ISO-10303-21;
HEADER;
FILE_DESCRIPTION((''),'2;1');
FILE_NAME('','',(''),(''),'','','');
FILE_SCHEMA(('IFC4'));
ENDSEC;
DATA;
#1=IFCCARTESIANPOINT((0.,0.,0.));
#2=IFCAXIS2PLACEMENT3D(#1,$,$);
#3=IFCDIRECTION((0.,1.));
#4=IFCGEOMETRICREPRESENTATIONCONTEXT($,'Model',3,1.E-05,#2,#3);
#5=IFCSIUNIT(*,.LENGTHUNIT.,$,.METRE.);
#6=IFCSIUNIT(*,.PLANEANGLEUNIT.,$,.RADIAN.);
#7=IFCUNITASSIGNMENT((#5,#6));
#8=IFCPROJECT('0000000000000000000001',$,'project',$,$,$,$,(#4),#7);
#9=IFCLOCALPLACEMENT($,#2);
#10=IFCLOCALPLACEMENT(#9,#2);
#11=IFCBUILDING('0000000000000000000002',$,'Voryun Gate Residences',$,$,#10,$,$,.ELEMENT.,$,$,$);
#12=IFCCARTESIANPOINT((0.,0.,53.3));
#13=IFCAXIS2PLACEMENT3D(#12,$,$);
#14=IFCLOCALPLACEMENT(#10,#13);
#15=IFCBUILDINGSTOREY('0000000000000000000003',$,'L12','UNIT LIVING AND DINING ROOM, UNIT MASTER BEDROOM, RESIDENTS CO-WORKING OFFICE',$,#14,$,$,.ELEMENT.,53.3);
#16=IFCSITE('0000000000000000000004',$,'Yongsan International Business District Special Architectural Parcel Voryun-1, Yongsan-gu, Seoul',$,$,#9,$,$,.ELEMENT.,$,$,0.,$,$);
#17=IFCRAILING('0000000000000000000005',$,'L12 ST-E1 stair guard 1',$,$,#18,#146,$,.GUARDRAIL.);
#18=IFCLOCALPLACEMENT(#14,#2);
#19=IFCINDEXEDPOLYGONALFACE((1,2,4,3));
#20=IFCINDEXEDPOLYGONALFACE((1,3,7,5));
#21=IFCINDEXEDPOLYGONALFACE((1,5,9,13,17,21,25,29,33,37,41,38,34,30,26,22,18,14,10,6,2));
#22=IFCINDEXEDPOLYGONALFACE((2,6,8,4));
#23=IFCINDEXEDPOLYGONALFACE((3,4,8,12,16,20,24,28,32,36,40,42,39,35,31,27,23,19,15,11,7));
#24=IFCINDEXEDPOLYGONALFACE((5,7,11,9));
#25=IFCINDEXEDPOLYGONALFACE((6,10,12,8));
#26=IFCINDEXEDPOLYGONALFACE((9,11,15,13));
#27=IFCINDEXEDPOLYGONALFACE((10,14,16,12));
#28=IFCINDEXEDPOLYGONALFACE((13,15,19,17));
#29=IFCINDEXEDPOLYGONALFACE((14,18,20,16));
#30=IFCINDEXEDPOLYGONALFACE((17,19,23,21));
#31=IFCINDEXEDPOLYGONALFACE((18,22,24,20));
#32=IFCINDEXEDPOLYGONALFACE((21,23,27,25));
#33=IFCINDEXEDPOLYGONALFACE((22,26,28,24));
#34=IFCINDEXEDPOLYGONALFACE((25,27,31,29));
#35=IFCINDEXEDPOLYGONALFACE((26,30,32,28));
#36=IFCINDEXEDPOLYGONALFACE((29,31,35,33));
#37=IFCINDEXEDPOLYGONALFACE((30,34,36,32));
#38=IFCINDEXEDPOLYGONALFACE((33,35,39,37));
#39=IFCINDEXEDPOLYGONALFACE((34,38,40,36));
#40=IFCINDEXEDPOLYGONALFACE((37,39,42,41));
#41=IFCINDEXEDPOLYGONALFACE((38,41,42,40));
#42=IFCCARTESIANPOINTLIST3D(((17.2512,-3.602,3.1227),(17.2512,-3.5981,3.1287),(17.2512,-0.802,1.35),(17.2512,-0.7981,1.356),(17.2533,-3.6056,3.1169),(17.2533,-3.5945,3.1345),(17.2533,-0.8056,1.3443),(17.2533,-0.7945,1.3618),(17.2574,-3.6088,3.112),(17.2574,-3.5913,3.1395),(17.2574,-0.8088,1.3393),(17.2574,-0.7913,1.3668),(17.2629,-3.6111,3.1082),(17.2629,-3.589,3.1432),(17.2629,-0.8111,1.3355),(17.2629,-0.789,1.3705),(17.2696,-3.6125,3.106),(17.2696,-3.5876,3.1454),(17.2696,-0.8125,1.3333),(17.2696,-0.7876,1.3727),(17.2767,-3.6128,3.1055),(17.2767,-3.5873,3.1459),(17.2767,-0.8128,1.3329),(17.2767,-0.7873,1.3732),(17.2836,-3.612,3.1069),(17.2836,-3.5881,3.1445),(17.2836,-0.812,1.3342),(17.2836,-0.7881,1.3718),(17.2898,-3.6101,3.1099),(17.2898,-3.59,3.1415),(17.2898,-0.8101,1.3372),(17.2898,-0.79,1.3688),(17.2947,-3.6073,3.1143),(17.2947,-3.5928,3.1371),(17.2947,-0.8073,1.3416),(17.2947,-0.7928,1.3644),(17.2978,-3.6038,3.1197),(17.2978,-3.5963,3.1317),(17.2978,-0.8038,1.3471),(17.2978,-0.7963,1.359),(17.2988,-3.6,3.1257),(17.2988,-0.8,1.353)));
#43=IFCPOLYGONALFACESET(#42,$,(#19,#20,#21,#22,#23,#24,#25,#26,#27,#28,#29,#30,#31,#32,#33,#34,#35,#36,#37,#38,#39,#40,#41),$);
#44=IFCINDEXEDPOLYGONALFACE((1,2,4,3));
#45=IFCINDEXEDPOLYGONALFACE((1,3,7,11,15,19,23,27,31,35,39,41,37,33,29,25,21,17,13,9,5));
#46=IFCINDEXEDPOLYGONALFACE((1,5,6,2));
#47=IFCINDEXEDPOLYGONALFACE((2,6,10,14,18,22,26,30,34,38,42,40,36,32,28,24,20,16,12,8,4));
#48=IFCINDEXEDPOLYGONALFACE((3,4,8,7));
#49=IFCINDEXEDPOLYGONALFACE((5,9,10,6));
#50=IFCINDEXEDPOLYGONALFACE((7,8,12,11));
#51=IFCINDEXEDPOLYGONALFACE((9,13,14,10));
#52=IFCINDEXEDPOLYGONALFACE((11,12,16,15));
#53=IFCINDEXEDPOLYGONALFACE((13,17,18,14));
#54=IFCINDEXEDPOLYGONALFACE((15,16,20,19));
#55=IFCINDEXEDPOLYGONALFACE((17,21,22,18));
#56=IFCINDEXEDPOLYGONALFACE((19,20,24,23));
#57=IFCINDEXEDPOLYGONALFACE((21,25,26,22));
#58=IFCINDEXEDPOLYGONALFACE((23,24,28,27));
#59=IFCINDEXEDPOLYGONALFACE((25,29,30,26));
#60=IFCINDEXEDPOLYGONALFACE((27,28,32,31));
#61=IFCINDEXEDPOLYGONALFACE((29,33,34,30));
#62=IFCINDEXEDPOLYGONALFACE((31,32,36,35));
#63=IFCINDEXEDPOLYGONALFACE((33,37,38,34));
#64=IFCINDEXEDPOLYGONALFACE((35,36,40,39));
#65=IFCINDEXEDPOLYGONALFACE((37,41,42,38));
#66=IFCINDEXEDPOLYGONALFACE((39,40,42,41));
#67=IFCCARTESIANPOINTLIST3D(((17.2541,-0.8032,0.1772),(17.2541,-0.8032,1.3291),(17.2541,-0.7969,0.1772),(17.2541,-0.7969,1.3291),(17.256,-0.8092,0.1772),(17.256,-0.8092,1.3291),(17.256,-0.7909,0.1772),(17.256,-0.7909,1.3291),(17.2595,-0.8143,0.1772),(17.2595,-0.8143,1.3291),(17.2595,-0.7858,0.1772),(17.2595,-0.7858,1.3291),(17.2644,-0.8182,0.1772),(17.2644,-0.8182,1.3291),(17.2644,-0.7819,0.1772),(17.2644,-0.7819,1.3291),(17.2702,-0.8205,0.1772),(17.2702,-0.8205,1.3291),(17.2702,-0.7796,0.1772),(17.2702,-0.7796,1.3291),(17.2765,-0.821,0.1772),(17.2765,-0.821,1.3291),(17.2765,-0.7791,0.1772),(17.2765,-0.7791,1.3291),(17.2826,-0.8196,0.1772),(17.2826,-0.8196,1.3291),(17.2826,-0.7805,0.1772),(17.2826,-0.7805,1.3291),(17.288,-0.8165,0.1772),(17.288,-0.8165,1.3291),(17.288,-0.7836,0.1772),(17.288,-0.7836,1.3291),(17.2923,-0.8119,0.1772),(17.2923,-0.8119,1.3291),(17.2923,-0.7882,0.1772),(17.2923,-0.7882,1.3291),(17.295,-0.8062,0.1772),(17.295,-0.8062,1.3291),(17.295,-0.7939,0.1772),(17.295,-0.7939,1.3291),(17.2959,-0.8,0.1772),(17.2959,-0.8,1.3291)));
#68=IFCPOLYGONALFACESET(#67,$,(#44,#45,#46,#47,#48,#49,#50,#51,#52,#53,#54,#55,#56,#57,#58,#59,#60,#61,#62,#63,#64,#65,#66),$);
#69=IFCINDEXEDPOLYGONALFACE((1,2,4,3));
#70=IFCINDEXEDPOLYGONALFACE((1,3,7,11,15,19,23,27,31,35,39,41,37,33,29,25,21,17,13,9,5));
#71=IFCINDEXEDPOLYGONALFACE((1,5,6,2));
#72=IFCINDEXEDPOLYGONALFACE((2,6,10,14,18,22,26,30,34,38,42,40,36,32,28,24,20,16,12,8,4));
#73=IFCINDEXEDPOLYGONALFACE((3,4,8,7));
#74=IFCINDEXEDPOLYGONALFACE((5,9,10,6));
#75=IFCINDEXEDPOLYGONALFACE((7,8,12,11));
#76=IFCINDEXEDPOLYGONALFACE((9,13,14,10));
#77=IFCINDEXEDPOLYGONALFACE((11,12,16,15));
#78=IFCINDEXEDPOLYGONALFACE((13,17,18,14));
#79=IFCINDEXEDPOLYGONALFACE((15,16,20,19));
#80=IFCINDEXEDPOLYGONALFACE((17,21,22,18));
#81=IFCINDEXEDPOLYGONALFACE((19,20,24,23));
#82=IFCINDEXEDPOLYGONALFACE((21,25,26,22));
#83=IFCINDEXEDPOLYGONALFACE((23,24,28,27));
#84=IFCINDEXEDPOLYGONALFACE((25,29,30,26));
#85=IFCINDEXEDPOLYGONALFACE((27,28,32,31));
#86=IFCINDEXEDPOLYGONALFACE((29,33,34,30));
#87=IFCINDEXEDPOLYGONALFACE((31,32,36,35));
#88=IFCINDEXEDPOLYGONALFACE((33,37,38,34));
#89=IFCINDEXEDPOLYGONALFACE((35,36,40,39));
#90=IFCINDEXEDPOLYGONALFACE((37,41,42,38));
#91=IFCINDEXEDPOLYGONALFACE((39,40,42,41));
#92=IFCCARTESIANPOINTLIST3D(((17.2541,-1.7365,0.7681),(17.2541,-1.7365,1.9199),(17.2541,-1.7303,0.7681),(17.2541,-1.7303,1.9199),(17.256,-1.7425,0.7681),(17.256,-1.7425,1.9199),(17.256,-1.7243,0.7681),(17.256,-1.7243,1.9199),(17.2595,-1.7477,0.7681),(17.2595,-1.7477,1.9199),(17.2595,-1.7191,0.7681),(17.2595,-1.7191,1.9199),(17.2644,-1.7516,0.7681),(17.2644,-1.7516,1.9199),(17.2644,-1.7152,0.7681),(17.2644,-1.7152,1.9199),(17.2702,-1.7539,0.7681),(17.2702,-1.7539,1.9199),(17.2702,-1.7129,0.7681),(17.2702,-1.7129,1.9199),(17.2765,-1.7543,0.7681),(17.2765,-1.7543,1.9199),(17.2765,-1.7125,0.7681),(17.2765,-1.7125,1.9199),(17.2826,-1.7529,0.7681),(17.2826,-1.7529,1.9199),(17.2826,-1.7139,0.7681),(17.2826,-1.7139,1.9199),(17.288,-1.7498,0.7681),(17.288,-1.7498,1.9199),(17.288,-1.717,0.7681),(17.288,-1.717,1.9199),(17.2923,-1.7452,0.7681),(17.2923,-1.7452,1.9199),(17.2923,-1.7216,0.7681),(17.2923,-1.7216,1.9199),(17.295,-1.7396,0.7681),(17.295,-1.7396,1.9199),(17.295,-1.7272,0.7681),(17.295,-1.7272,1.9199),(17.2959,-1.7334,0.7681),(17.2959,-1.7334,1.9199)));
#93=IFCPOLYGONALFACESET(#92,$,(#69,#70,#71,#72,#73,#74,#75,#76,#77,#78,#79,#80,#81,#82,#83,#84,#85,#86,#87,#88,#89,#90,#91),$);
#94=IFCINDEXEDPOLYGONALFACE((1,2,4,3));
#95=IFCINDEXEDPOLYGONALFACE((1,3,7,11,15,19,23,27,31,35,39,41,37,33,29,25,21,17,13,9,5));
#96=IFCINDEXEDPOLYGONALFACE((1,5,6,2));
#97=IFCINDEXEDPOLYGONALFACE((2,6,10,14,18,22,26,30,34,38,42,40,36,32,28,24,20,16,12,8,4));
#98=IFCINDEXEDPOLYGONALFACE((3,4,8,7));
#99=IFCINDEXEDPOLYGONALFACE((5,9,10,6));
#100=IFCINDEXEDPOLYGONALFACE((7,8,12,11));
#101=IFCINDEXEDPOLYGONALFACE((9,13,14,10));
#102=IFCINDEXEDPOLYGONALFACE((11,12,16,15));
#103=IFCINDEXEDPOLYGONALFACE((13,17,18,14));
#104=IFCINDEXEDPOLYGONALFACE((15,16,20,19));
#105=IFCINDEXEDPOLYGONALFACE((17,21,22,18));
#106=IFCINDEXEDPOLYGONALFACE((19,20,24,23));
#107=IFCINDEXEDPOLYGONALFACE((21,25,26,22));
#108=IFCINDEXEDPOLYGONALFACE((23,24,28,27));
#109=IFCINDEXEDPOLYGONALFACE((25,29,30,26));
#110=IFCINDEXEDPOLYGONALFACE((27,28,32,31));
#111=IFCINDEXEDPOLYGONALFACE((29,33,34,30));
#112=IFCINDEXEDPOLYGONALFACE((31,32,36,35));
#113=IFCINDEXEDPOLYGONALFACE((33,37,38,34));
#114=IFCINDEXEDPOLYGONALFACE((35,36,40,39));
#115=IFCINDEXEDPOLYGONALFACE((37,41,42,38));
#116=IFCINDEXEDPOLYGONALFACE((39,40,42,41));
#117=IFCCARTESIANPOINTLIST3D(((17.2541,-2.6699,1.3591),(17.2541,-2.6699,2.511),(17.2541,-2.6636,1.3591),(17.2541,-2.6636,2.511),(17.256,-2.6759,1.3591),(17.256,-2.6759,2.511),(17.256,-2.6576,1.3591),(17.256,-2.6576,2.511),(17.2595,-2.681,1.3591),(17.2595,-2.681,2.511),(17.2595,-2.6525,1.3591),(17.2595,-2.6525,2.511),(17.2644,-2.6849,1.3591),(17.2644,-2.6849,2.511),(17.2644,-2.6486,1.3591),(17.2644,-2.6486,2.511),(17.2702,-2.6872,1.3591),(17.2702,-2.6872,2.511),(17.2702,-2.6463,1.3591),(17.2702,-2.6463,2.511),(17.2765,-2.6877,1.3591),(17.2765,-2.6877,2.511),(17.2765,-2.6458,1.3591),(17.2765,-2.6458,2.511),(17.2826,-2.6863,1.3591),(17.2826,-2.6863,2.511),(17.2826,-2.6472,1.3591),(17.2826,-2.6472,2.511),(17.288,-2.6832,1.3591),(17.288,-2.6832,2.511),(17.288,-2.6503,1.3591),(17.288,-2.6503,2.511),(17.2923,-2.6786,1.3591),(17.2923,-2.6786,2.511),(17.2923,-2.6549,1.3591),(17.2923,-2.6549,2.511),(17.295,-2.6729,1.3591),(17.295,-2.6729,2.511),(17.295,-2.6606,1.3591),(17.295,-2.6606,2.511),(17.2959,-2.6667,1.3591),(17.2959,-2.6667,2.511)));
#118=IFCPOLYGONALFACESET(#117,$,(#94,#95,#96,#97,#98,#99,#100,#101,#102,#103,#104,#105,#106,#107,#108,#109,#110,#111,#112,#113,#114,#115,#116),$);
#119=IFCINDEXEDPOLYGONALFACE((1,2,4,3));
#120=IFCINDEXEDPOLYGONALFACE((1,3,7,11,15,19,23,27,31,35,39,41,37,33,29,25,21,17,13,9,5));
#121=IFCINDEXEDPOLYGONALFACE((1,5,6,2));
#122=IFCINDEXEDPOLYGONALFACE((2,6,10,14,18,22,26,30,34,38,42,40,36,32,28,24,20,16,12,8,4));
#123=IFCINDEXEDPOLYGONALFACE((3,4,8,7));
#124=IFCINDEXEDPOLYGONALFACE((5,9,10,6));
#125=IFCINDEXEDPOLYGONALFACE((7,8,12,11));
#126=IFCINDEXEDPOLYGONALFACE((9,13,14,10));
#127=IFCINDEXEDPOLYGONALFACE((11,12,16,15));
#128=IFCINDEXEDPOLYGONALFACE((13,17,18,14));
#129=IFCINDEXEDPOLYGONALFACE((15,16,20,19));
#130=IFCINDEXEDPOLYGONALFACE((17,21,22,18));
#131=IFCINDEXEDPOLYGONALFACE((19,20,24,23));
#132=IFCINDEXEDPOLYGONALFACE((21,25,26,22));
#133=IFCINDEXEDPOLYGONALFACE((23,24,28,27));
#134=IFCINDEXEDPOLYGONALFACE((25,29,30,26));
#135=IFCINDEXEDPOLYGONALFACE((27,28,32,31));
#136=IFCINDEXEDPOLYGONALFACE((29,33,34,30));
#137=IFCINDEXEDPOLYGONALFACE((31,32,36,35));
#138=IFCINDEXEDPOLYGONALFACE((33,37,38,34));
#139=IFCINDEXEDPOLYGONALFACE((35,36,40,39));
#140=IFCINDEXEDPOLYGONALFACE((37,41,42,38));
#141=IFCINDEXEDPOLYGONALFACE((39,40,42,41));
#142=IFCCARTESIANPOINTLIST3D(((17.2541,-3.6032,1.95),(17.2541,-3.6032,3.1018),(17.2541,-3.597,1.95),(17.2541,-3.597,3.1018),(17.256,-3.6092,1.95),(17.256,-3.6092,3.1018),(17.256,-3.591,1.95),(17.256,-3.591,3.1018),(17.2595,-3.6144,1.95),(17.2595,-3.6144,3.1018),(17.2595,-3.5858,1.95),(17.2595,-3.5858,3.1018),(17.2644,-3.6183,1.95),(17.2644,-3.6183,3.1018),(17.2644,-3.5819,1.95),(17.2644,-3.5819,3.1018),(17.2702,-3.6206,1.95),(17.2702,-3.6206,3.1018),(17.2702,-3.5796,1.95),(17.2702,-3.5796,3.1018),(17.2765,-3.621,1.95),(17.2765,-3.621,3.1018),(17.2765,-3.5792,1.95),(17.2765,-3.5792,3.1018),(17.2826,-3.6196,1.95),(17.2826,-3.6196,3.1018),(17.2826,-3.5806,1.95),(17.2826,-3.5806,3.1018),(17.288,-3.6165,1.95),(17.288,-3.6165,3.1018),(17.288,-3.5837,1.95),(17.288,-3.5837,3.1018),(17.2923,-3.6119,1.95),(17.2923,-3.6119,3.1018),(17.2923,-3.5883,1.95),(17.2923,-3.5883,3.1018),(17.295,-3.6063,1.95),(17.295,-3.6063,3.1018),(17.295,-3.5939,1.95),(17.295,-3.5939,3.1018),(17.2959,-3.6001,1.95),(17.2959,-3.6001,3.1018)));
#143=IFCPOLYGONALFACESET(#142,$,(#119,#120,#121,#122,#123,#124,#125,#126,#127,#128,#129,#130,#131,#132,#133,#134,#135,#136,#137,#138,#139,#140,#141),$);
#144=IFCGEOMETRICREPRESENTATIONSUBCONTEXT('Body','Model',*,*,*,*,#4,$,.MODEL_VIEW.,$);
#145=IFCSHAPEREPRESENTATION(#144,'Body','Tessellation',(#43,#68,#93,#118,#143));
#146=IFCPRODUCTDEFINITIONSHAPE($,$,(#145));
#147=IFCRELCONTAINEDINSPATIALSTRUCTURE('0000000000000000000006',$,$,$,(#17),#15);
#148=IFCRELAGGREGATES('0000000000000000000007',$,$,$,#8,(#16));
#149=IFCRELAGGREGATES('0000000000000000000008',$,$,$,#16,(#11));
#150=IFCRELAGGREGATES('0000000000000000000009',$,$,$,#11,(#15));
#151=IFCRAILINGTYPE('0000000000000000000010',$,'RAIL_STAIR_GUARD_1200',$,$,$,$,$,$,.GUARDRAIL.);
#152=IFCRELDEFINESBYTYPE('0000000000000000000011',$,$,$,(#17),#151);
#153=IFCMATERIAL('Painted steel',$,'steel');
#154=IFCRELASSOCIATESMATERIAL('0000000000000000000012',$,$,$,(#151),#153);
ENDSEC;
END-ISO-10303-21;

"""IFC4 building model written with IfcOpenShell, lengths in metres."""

from ifc_helpers import new_model, si_unit, direction, frame, origin, origin_2d, place, context, subcontext, project, spatial, circle, extrude, material, type_object, element, save


model = new_model("IFC4")

# Units and contexts
model_context = context("Model", 3, precision=1e-05, world=origin(), true_north=direction((0.0, 1.0)))
body_context = subcontext(model_context, "Body", "Model", "MODEL_VIEW")
ifc_project = project(units=[si_unit("LENGTHUNIT", "METRE"), si_unit("PLANEANGLEUNIT", "RADIAN")], contexts=[model_context])

# Site, building, storey
site_placement = place(None, origin())
site = spatial("IfcSite", under=ifc_project, at=site_placement, Name="Yongsan International Business District Special Architectural Parcel Voryun-1, Yongsan-gu, Seoul", CompositionType="ELEMENT", RefElevation=0.0)
building_placement = place(site_placement, origin())
building = spatial("IfcBuilding", under=site, at=building_placement, Name="Voryun Gate Residences", CompositionType="ELEMENT")
storey_placement = place(building_placement, frame((0.0, 0.0, 53.3)))
storey = spatial("IfcBuildingStorey", under=building, at=storey_placement, Name="L12", Description="UNIT LIVING AND DINING ROOM, UNIT MASTER BEDROOM, RESIDENTS CO-WORKING OFFICE", CompositionType="ELEMENT", Elevation=53.3)

# Railing
ifc_material_1 = material(Name="Painted steel", Category="steel")
railing_type_1 = type_object("IfcRailingType", Name="RAIL_STAIR_GUARD_1200", PredefinedType="GUARDRAIL", material=ifc_material_1)
railing_1_placement = place(storey_placement, frame((17.2749, -0.8, 0.1772)))
element("IfcRailing", 1, at=railing_1_placement, inside=storey, type_object=railing_type_1, Name="L12 ST-E1 stair guard 1", PredefinedType="GUARDRAIL", context=body_context, shape_type="SweptSolid", body=[
    extrude(circle(Radius=0.0239, at=origin_2d()), frame((0.0, 0.0, 1.1758), z_axis=(0.0, -0.844909, 0.53491), x_axis=(1.0, 0.0, 0.0)), (0.0, 0.0, 1.0), 3.314),
    extrude(circle(Radius=0.021, at=origin_2d()), origin(), (0.0, 0.0, 1.0), 1.1519),
    extrude(circle(Radius=0.021, at=origin_2d()), frame((0.0, -0.9333, 0.5908)), (0.0, 0.0, 1.0), 1.1519),
    extrude(circle(Radius=0.021, at=origin_2d()), frame((0.0, -1.8667, 1.1819)), (0.0, 0.0, 1.0), 1.1519),
    extrude(circle(Radius=0.021, at=origin_2d()), frame((0.0, -2.8, 1.7727)), (0.0, 0.0, 1.0), 1.1519),
])

save(model, "model.ifc")
